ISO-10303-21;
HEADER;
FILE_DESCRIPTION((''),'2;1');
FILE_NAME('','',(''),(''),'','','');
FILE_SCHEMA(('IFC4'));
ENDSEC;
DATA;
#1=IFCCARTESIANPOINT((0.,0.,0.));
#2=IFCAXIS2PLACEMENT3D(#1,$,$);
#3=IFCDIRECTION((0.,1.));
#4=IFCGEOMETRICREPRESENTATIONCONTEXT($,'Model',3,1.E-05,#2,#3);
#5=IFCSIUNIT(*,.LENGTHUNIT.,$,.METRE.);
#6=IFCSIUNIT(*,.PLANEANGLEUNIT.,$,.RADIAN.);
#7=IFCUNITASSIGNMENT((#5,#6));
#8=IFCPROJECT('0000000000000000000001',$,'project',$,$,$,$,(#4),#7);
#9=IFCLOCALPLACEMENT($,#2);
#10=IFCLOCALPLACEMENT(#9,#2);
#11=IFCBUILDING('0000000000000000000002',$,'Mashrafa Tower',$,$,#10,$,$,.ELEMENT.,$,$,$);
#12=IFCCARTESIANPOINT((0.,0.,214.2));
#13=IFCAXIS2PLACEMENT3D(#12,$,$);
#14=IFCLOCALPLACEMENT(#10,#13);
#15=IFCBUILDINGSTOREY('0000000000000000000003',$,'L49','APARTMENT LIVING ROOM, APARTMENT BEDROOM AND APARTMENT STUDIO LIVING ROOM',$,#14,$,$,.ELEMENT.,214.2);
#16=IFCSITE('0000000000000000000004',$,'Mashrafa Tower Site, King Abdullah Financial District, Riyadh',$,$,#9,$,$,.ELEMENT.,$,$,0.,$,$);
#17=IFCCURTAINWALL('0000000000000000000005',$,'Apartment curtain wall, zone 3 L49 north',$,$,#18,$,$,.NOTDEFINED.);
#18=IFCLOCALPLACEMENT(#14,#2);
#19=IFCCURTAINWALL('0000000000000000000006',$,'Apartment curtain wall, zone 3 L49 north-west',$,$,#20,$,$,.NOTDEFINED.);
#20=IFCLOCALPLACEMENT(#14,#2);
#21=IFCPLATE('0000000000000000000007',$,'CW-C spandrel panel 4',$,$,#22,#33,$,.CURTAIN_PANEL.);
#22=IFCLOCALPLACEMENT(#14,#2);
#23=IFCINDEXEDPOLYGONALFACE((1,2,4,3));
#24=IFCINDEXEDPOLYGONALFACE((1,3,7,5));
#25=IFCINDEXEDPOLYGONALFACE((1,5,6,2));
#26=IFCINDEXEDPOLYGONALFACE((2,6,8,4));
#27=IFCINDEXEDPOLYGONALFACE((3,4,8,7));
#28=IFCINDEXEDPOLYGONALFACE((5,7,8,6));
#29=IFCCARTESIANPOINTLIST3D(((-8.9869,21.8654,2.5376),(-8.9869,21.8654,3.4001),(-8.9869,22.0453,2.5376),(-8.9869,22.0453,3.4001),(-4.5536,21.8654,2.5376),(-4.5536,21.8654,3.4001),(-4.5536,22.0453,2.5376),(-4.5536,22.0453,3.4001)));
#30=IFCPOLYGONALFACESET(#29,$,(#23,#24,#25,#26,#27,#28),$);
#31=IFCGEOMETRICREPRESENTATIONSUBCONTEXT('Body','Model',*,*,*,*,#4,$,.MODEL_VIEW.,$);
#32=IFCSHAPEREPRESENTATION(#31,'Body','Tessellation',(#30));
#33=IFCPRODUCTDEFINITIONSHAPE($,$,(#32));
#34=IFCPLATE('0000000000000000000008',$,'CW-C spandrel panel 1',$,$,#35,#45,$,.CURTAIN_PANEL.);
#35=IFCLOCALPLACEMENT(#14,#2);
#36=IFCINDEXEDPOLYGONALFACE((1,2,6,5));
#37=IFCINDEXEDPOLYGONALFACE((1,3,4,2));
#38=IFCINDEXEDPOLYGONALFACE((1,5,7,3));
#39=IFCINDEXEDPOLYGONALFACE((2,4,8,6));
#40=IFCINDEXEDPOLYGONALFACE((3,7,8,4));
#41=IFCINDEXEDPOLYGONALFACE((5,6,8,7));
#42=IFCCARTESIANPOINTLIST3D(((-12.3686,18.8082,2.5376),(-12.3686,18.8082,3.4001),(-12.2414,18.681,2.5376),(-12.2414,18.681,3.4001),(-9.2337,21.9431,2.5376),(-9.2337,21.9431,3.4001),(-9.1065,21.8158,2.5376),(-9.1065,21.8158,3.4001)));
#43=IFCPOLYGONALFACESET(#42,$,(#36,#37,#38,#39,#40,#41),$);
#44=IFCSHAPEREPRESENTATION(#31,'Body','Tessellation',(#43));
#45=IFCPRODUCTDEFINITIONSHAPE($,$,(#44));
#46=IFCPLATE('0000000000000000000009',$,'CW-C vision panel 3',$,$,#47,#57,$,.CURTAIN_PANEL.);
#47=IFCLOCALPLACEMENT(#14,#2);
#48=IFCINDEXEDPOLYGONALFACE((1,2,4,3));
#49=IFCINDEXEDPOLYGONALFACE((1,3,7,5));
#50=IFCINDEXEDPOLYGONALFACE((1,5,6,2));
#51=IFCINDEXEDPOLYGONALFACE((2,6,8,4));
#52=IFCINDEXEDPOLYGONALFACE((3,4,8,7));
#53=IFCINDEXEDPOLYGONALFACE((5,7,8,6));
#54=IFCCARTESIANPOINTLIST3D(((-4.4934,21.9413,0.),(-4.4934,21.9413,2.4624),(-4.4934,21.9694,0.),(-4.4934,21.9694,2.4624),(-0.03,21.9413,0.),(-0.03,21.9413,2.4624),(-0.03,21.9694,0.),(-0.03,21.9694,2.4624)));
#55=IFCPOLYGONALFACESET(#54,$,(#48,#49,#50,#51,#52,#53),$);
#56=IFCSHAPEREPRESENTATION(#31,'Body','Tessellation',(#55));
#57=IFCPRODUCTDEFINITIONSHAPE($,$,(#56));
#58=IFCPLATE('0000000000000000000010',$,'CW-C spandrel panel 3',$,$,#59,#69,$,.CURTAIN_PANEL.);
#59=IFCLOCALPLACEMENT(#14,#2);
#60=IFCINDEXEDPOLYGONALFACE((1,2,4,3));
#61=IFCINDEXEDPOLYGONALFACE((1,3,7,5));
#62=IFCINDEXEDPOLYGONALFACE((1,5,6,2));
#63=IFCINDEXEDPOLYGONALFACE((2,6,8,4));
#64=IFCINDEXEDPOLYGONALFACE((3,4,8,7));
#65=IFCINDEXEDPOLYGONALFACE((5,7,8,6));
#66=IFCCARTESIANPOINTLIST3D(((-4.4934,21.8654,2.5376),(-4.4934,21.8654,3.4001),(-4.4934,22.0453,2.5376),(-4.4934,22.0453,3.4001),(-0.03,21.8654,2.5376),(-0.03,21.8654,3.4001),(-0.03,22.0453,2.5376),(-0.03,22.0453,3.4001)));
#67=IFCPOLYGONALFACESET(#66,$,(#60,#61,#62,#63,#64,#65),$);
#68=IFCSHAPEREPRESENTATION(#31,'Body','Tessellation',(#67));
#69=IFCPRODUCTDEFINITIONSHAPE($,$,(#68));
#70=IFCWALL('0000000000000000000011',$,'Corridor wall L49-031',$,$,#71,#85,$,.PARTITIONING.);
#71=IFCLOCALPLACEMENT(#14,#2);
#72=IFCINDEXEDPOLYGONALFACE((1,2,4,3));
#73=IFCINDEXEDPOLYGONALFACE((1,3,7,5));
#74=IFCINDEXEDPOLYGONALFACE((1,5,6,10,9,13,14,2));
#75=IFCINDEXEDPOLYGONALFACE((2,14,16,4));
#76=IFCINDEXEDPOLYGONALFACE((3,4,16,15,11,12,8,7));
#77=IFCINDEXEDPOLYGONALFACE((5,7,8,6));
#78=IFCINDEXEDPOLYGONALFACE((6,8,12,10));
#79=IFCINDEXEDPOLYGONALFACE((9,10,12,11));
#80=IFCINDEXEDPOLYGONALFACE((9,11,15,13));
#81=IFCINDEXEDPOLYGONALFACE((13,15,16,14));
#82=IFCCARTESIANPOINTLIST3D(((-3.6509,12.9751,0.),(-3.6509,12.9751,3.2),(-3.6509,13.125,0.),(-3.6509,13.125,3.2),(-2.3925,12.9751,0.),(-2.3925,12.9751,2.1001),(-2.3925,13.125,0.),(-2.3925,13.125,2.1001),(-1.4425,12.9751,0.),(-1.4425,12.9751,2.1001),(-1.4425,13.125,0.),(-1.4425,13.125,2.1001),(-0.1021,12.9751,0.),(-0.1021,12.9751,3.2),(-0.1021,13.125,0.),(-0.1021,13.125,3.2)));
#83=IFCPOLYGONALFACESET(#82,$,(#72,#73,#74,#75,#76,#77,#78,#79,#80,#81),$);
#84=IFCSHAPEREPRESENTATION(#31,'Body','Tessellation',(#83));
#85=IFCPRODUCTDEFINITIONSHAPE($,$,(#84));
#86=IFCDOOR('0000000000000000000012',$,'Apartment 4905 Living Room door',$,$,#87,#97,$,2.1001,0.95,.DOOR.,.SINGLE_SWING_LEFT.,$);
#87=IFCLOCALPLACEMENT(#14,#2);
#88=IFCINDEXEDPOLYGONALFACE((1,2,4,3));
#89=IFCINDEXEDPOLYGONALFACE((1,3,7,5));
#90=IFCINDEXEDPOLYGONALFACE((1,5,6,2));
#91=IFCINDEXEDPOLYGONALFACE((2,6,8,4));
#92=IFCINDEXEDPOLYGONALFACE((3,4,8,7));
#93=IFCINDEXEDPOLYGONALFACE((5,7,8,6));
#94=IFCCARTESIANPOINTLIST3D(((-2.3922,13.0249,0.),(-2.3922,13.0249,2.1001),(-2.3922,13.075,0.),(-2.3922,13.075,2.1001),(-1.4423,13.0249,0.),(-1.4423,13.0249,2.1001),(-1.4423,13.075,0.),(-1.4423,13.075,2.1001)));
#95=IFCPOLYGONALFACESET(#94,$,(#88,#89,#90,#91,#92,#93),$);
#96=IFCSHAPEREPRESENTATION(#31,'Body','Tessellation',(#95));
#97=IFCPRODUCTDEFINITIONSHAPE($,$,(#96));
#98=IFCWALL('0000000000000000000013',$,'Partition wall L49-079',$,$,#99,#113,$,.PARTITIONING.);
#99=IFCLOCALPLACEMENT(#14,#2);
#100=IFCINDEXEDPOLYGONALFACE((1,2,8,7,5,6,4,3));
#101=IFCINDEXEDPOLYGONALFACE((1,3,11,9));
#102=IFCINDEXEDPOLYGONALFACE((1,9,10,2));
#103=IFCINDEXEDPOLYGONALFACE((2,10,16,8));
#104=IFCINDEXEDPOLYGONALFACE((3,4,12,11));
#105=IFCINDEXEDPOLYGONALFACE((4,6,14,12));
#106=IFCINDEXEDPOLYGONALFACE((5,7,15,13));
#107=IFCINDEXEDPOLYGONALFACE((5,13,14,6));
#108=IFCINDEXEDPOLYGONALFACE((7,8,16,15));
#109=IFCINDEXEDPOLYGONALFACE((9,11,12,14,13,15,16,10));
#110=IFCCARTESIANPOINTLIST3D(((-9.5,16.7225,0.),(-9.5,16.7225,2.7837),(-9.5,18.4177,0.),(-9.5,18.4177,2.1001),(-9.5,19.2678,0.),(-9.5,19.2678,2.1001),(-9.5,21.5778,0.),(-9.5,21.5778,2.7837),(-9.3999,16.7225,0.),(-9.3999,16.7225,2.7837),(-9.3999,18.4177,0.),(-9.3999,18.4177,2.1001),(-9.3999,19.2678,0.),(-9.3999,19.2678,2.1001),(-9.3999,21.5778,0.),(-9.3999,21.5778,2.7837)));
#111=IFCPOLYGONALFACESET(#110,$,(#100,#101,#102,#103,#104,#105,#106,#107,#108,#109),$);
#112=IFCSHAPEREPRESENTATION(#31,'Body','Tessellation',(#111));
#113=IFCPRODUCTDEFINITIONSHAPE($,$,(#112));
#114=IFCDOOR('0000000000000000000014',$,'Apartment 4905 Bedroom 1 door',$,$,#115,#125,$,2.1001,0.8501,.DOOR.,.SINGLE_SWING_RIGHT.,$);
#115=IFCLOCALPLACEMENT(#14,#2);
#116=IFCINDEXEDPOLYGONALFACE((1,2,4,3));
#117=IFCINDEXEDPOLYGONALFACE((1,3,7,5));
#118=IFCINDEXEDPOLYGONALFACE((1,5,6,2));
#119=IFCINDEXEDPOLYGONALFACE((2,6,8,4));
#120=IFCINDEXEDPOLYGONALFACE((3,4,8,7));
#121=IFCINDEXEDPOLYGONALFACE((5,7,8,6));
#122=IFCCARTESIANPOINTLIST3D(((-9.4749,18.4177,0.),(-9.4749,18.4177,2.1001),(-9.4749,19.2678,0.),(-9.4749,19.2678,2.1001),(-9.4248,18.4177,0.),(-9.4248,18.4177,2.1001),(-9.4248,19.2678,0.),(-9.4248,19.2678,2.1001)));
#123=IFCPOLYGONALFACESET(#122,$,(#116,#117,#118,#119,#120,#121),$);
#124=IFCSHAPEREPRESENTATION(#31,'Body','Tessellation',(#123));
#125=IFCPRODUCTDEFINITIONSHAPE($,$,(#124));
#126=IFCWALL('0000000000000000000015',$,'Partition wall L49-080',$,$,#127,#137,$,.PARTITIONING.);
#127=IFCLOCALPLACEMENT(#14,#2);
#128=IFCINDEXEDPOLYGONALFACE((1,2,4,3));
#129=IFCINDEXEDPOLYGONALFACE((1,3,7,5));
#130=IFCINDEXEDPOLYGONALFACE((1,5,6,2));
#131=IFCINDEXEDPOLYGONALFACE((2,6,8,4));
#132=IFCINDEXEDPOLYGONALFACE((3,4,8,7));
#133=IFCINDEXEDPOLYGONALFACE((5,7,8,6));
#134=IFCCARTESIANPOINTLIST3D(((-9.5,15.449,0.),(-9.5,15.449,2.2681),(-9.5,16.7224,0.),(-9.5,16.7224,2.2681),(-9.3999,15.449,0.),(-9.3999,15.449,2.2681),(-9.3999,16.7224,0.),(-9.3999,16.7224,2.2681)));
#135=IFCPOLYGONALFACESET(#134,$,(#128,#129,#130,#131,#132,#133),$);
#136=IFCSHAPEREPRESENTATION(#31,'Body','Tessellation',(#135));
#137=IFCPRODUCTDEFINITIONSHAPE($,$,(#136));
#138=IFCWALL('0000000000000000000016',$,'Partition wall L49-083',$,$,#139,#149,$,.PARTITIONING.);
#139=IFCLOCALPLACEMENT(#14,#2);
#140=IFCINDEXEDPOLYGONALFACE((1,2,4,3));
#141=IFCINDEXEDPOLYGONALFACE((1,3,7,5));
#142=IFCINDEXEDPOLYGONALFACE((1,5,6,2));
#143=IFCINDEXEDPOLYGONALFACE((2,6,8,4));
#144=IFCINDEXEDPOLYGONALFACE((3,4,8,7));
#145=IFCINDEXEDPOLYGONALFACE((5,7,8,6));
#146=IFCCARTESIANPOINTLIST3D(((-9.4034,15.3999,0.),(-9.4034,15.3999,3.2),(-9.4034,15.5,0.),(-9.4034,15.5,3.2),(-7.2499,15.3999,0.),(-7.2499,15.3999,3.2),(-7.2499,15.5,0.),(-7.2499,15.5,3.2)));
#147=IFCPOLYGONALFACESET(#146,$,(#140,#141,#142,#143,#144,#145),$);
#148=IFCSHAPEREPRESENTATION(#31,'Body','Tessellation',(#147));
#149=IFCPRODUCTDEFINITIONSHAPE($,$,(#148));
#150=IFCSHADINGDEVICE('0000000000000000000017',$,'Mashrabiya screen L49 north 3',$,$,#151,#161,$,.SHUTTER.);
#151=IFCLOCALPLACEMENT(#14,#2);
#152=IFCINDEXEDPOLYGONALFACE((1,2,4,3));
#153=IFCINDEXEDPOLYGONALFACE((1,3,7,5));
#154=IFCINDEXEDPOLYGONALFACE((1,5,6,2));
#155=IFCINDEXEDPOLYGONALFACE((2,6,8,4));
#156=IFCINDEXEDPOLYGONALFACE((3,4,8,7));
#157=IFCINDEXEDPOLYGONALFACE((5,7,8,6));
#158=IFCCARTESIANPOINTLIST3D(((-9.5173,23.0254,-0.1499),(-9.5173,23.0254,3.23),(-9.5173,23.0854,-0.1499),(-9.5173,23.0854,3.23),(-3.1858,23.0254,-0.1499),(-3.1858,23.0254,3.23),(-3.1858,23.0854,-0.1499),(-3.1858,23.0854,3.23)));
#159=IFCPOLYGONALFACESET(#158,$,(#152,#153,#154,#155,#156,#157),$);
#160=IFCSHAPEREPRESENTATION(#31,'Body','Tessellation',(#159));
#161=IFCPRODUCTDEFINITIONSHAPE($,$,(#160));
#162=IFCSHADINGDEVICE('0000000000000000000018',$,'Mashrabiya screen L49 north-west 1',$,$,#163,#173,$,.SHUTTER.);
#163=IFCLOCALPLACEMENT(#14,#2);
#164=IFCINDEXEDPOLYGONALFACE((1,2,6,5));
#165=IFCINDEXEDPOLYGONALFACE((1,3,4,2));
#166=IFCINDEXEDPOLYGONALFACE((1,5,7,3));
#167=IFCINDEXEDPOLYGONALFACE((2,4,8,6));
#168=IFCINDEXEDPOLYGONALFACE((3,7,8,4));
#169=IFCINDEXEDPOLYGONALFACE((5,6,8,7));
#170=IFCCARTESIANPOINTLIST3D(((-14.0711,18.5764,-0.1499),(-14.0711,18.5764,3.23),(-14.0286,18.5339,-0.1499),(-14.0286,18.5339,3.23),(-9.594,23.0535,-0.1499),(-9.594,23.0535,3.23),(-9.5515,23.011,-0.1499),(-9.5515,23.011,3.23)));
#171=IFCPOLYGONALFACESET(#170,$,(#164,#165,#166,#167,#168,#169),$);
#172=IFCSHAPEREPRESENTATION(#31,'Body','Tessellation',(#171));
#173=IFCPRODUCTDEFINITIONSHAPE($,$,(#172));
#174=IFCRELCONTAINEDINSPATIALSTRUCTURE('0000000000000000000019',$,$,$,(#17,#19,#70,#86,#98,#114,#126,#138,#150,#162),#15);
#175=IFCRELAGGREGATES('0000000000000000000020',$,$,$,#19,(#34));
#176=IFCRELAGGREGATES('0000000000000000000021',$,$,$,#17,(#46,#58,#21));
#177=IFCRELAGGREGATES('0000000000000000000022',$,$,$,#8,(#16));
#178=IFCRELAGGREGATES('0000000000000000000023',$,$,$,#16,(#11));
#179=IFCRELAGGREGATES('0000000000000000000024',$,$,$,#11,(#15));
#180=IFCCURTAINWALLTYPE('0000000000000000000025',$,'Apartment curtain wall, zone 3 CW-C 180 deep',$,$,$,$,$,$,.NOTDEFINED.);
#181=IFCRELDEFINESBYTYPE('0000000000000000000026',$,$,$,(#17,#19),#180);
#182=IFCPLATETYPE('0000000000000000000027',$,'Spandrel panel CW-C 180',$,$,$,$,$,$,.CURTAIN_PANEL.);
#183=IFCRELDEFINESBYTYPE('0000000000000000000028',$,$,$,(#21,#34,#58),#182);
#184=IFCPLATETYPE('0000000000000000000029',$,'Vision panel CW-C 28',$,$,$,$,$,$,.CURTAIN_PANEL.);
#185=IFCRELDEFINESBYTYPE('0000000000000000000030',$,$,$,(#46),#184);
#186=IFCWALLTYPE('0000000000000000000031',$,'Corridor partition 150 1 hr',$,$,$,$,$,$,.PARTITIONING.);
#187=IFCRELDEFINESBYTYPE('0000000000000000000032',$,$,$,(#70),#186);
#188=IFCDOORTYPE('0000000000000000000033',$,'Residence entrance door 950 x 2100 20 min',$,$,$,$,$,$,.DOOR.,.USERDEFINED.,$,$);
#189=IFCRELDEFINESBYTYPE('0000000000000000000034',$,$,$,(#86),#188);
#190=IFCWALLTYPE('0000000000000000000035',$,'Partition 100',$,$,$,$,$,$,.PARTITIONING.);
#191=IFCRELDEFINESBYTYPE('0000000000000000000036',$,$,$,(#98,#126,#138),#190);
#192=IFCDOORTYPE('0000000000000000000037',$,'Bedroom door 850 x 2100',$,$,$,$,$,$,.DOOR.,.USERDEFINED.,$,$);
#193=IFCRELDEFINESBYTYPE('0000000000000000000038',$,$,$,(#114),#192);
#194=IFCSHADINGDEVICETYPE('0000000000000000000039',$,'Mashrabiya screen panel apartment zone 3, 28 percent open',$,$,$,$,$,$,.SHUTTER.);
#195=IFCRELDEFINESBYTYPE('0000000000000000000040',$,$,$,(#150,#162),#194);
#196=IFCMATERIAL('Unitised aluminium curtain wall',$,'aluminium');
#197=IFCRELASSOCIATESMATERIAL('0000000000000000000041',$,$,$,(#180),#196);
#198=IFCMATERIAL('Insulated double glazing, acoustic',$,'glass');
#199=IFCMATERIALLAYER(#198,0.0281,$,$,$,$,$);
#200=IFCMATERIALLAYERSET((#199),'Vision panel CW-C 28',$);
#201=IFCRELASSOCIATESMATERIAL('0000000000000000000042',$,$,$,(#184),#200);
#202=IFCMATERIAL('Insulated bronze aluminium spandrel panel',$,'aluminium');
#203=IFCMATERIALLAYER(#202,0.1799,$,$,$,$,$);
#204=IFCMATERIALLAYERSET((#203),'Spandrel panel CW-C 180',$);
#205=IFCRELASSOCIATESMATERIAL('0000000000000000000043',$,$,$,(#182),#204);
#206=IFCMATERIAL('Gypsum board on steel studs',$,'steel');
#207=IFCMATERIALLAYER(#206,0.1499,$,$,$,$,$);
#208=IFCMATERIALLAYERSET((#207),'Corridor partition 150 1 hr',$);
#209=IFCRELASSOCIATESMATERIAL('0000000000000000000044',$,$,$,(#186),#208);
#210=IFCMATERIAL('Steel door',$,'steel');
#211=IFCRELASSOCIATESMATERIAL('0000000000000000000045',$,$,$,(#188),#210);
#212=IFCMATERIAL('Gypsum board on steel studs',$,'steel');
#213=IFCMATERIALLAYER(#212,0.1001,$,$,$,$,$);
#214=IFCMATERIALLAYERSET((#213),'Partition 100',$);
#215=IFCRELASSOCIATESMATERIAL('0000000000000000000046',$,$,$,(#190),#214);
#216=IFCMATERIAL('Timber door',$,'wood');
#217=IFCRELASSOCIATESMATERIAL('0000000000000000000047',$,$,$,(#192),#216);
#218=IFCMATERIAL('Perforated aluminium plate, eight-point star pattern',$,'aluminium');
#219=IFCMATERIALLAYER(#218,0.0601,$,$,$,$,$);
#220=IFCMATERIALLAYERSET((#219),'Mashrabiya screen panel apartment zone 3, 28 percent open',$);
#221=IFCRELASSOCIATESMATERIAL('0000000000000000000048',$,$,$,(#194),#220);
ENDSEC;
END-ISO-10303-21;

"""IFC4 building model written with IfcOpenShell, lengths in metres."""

from ifc_helpers import new_model, si_unit, direction, frame, frame_2d, origin, origin_2d, place, context, subcontext, project, spatial, rectangle, extrude, source, transform, mapped, material, layer, layer_set, type_object, type_shapes, element, fill, aggregate, save


model = new_model("IFC4")

# Units and contexts
model_context = context("Model", 3, precision=1e-05, world=origin(), true_north=direction((0.0, 1.0)))
body_context = subcontext(model_context, "Body", "Model", "MODEL_VIEW")
ifc_project = project(units=[si_unit("LENGTHUNIT", "METRE"), si_unit("PLANEANGLEUNIT", "RADIAN")], contexts=[model_context])

# Site, building, storey
site_placement = place(None, origin())
site = spatial("IfcSite", under=ifc_project, at=site_placement, Name="Mashrafa Tower Site, King Abdullah Financial District, Riyadh", CompositionType="ELEMENT", RefElevation=0.0)
building_placement = place(site_placement, origin())
building = spatial("IfcBuilding", under=site, at=building_placement, Name="Mashrafa Tower", CompositionType="ELEMENT")
storey_placement = place(building_placement, frame((0.0, 0.0, 214.2)))
storey = spatial("IfcBuildingStorey", under=building, at=storey_placement, Name="L49", Description="APARTMENT LIVING ROOM, APARTMENT BEDROOM AND APARTMENT STUDIO LIVING ROOM", CompositionType="ELEMENT", Elevation=214.2)

# Curtain walls
ifc_material_1 = material(Name="Unitised aluminium curtain wall", Category="aluminium")
curtain_wall_type = type_object("IfcCurtainWallType", Name="Apartment curtain wall, zone 3 CW-C 180 deep", PredefinedType="NOTDEFINED", material=ifc_material_1)
curtain_wall_1_placement = place(storey_placement, origin())
curtain_wall_1 = element("IfcCurtainWall", 1, at=curtain_wall_1_placement, inside=storey, type_object=curtain_wall_type, Name="Apartment curtain wall, zone 3 L49 north", PredefinedType="NOTDEFINED")
curtain_wall_2_placement = place(storey_placement, origin())
curtain_wall_2 = element("IfcCurtainWall", 2, at=curtain_wall_2_placement, inside=storey, type_object=curtain_wall_type, Name="Apartment curtain wall, zone 3 L49 north-west", PredefinedType="NOTDEFINED")

# Plates
ifc_material_2 = material(Name="Insulated double glazing, acoustic", Category="glass")
ifc_layer_1 = layer(ifc_material_2, 0.0281)
ifc_layer_set_1 = layer_set([ifc_layer_1], Name="Vision panel CW-C 28")
plate_type_1 = type_object("IfcPlateType", Name="Vision panel CW-C 28", PredefinedType="CURTAIN_PANEL", material=ifc_layer_set_1)
ifc_material_3 = material(Name="Insulated bronze aluminium spandrel panel", Category="aluminium")
ifc_layer_2 = layer(ifc_material_3, 0.1799)
ifc_layer_set_2 = layer_set([ifc_layer_2], Name="Spandrel panel CW-C 180")
plate_type_2 = type_object("IfcPlateType", Name="Spandrel panel CW-C 180", PredefinedType="CURTAIN_PANEL", material=ifc_layer_set_2)
shared_shape_1 = source(origin(), body_context, "Body", "SweptSolid", [
    extrude(rectangle(XDim=4.4333, YDim=0.1799, at=origin_2d()), origin(), (0.0, 0.0, 1.0), 0.8625),
])
plate_1_placement = place(storey_placement, frame((-6.7703, 21.9553, 2.5376), z_axis=(0.0, 0.0, 1.0), x_axis=(-1.0, 0.0, 0.0)))
plate_1 = element("IfcPlate", 3, at=plate_1_placement, type_object=plate_type_2, Name="CW-C spandrel panel 4", PredefinedType="CURTAIN_PANEL", context=body_context, shape_type="MappedRepresentation", body=[
    mapped(shared_shape_1, transform((0.0, 0.0, 0.0))),
])
plate_2_placement = place(storey_placement, frame((-10.7375, 20.312, 2.5376), z_axis=(0.0, 0.0, 1.0), x_axis=(-0.707107, -0.707107, 0.0)))
plate_2 = element("IfcPlate", 4, at=plate_2_placement, type_object=plate_type_2, Name="CW-C spandrel panel 1", PredefinedType="CURTAIN_PANEL", context=body_context, shape_type="MappedRepresentation", body=[
    mapped(shared_shape_1, transform((0.0, 0.0, 0.0))),
])
aggregate(curtain_wall_2, [plate_2])
shared_shape_2 = source(origin(), body_context, "Body", "SweptSolid", [
    extrude(rectangle(XDim=4.4634, YDim=0.0281, at=origin_2d()), origin(), (0.0, 0.0, 1.0), 2.4624),
])
plate_3_placement = place(storey_placement, frame((-2.2617, 21.9553, 0.0), z_axis=(0.0, 0.0, 1.0), x_axis=(-1.0, 0.0, 0.0)))
plate_3 = element("IfcPlate", 5, at=plate_3_placement, type_object=plate_type_1, Name="CW-C vision panel 3", PredefinedType="CURTAIN_PANEL", context=body_context, shape_type="MappedRepresentation", body=[
    mapped(shared_shape_2, transform((0.0, 0.0, 0.0))),
])
shared_shape_3 = source(origin(), body_context, "Body", "SweptSolid", [
    extrude(rectangle(XDim=4.4634, YDim=0.1799, at=origin_2d()), origin(), (0.0, 0.0, 1.0), 0.8625),
])
type_shapes(plate_type_2, [shared_shape_1, shared_shape_3])
plate_4_placement = place(storey_placement, frame((-2.2617, 21.9553, 2.5376), z_axis=(0.0, 0.0, 1.0), x_axis=(-1.0, 0.0, 0.0)))
plate_4 = element("IfcPlate", 6, at=plate_4_placement, type_object=plate_type_2, Name="CW-C spandrel panel 3", PredefinedType="CURTAIN_PANEL", context=body_context, shape_type="MappedRepresentation", body=[
    mapped(shared_shape_3, transform((0.0, 0.0, 0.0))),
])
aggregate(curtain_wall_1, [plate_3, plate_4, plate_1])

# Walls, openings, doors
ifc_material_4 = material(Name="Gypsum board on steel studs", Category="steel")
ifc_layer_3 = layer(ifc_material_4, 0.1499)
ifc_layer_set_3 = layer_set([ifc_layer_3], Name="Corridor partition 150 1 hr")
wall_type_1 = type_object("IfcWallType", Name="Corridor partition 150 1 hr", PredefinedType="PARTITIONING", material=ifc_layer_set_3)
wall_1_placement = place(storey_placement, frame((-0.1021, 13.05, 0.0), z_axis=(0.0, 0.0, 1.0), x_axis=(-1.0, 0.0, 0.0)))
wall_1 = element("IfcWall", 7, at=wall_1_placement, inside=storey, type_object=wall_type_1, Name="Corridor wall L49-031", PredefinedType="PARTITIONING", context=body_context, shape_type="SweptSolid", body=[
    extrude(rectangle(XDim=3.5488, YDim=0.1499, at=frame_2d((1.7744, 0.0))), origin(), (0.0, 0.0, 1.0), 3.2),
])
opening_1_placement = place(wall_1_placement, frame((1.3403, 0.0, 0.0)))
opening_1 = element("IfcOpeningElement", 8, at=opening_1_placement, cuts=wall_1, PredefinedType="OPENING", context=body_context, shape_type="SweptSolid", body=[
    extrude(rectangle(XDim=0.95, YDim=2.1001, at=frame_2d((0.4751, 1.05))), frame((0.0, 0.085, 0.0), z_axis=(0.0, -1.0, 0.0), x_axis=(1.0, 0.0, 0.0)), (0.0, 0.0, 1.0), 0.1699),
])
ifc_material_5 = material(Name="Steel door", Category="steel")
door_type_1 = type_object("IfcDoorType", Name="Residence entrance door 950 x 2100 20 min", OperationType="USERDEFINED", PredefinedType="DOOR", material=ifc_material_5)
door_1_placement = place(opening_1_placement, frame((0.95, 0.0, 0.0), z_axis=(0.0, 0.0, 1.0), x_axis=(-1.0, 0.0, 0.0)))
door_1 = element("IfcDoor", 9, at=door_1_placement, inside=storey, type_object=door_type_1, Name="Apartment 4905 Living Room door", OperationType="SINGLE_SWING_LEFT", OverallHeight=2.1001, OverallWidth=0.95, PredefinedType="DOOR", context=body_context, shape_type="SweptSolid", body=[
    extrude(rectangle(XDim=0.95, YDim=2.1001, at=frame_2d((0.4751, 1.05))), frame((0.0, 0.0249, 0.0), z_axis=(0.0, -1.0, 0.0), x_axis=(1.0, 0.0, 0.0)), (0.0, 0.0, 1.0), 0.05),
])
fill(opening_1, door_1)
ifc_material_6 = material(Name="Gypsum board on steel studs", Category="steel")
ifc_layer_4 = layer(ifc_material_6, 0.1001)
ifc_layer_set_4 = layer_set([ifc_layer_4], Name="Partition 100")
wall_type_2 = type_object("IfcWallType", Name="Partition 100", PredefinedType="PARTITIONING", material=ifc_layer_set_4)
wall_2_placement = place(storey_placement, frame((-9.45, 16.7224, 0.0), z_axis=(0.0, 0.0, 1.0), x_axis=(0.0, 1.0, 0.0)))
wall_2 = element("IfcWall", 10, at=wall_2_placement, inside=storey, type_object=wall_type_2, Name="Partition wall L49-079", PredefinedType="PARTITIONING", context=body_context, shape_type="SweptSolid", body=[
    extrude(rectangle(XDim=4.8552, YDim=0.1001, at=frame_2d((2.4277, 0.0))), origin(), (0.0, 0.0, 1.0), 2.7837),
])
opening_2_placement = place(wall_2_placement, frame((1.6953, 0.0, 0.0)))
opening_2 = element("IfcOpeningElement", 11, at=opening_2_placement, cuts=wall_2, PredefinedType="OPENING", context=body_context, shape_type="SweptSolid", body=[
    extrude(rectangle(XDim=0.8501, YDim=2.1001, at=frame_2d((0.425, 1.05))), frame((0.0, 0.0601, 0.0), z_axis=(0.0, -1.0, 0.0), x_axis=(1.0, 0.0, 0.0)), (0.0, 0.0, 1.0), 0.1201),
])
ifc_material_7 = material(Name="Timber door", Category="wood")
door_type_2 = type_object("IfcDoorType", Name="Bedroom door 850 x 2100", OperationType="USERDEFINED", PredefinedType="DOOR", material=ifc_material_7)
door_2_placement = place(opening_2_placement, origin())
door_2 = element("IfcDoor", 12, at=door_2_placement, inside=storey, type_object=door_type_2, Name="Apartment 4905 Bedroom 1 door", OperationType="SINGLE_SWING_RIGHT", OverallHeight=2.1001, OverallWidth=0.8501, PredefinedType="DOOR", context=body_context, shape_type="SweptSolid", body=[
    extrude(rectangle(XDim=0.8501, YDim=2.1001, at=frame_2d((0.425, 1.05))), frame((0.0, 0.0249, 0.0), z_axis=(0.0, -1.0, 0.0), x_axis=(1.0, 0.0, 0.0)), (0.0, 0.0, 1.0), 0.05),
])
fill(opening_2, door_2)

# Walls
wall_3_placement = place(storey_placement, frame((-9.45, 15.449, 0.0), z_axis=(0.0, 0.0, 1.0), x_axis=(0.0, 1.0, 0.0)))
element("IfcWall", 13, at=wall_3_placement, inside=storey, type_object=wall_type_2, Name="Partition wall L49-080", PredefinedType="PARTITIONING", context=body_context, shape_type="SweptSolid", body=[
    extrude(rectangle(XDim=1.2734, YDim=0.1001, at=frame_2d((0.6367, 0.0))), origin(), (0.0, 0.0, 1.0), 2.2681),
])
wall_4_placement = place(storey_placement, frame((-7.25, 15.45, 0.0), z_axis=(0.0, 0.0, 1.0), x_axis=(-1.0, 0.0, 0.0)))
element("IfcWall", 14, at=wall_4_placement, inside=storey, type_object=wall_type_2, Name="Partition wall L49-083", PredefinedType="PARTITIONING", context=body_context, shape_type="SweptSolid", body=[
    extrude(rectangle(XDim=2.1536, YDim=0.1001, at=frame_2d((1.0767, 0.0))), origin(), (0.0, 0.0, 1.0), 3.2),
])

# Shading devices
ifc_material_8 = material(Name="Perforated aluminium plate, eight-point star pattern", Category="aluminium")
ifc_layer_5 = layer(ifc_material_8, 0.0601)
ifc_layer_set_5 = layer_set([ifc_layer_5], Name="Mashrabiya screen panel apartment zone 3, 28 percent open")
shading_device_type = type_object("IfcShadingDeviceType", Name="Mashrabiya screen panel apartment zone 3, 28 percent open", PredefinedType="SHUTTER", material=ifc_layer_set_5)
shared_shape_4 = source(origin(), body_context, "Body", "SweptSolid", [
    extrude(rectangle(XDim=6.3315, YDim=0.0601, at=origin_2d()), origin(), (0.0, 0.0, 1.0), 3.3799),
])
type_shapes(shading_device_type, [shared_shape_4])
for number, where, z_axis, x_axis, name in (
    (15, (-6.3516, 23.0554, -0.1499), (0.0, 0.0, 1.0), (-1.0, 0.0, 0.0), "Mashrabiya screen L49 north 3"),
    (16, (-11.8113, 20.7937, -0.1499), (0.0, 0.0, 1.0), (-0.707107, -0.707107, 0.0), "Mashrabiya screen L49 north-west 1"),
):
    element("IfcShadingDevice", number, at=place(storey_placement, frame(where, z_axis=z_axis, x_axis=x_axis)), inside=storey, type_object=shading_device_type, Name=name, PredefinedType="SHUTTER", context=body_context, shape_type="MappedRepresentation", body=[
        mapped(shared_shape_4, transform((0.0, 0.0, 0.0))),
    ])

save(model, "model.ifc")
